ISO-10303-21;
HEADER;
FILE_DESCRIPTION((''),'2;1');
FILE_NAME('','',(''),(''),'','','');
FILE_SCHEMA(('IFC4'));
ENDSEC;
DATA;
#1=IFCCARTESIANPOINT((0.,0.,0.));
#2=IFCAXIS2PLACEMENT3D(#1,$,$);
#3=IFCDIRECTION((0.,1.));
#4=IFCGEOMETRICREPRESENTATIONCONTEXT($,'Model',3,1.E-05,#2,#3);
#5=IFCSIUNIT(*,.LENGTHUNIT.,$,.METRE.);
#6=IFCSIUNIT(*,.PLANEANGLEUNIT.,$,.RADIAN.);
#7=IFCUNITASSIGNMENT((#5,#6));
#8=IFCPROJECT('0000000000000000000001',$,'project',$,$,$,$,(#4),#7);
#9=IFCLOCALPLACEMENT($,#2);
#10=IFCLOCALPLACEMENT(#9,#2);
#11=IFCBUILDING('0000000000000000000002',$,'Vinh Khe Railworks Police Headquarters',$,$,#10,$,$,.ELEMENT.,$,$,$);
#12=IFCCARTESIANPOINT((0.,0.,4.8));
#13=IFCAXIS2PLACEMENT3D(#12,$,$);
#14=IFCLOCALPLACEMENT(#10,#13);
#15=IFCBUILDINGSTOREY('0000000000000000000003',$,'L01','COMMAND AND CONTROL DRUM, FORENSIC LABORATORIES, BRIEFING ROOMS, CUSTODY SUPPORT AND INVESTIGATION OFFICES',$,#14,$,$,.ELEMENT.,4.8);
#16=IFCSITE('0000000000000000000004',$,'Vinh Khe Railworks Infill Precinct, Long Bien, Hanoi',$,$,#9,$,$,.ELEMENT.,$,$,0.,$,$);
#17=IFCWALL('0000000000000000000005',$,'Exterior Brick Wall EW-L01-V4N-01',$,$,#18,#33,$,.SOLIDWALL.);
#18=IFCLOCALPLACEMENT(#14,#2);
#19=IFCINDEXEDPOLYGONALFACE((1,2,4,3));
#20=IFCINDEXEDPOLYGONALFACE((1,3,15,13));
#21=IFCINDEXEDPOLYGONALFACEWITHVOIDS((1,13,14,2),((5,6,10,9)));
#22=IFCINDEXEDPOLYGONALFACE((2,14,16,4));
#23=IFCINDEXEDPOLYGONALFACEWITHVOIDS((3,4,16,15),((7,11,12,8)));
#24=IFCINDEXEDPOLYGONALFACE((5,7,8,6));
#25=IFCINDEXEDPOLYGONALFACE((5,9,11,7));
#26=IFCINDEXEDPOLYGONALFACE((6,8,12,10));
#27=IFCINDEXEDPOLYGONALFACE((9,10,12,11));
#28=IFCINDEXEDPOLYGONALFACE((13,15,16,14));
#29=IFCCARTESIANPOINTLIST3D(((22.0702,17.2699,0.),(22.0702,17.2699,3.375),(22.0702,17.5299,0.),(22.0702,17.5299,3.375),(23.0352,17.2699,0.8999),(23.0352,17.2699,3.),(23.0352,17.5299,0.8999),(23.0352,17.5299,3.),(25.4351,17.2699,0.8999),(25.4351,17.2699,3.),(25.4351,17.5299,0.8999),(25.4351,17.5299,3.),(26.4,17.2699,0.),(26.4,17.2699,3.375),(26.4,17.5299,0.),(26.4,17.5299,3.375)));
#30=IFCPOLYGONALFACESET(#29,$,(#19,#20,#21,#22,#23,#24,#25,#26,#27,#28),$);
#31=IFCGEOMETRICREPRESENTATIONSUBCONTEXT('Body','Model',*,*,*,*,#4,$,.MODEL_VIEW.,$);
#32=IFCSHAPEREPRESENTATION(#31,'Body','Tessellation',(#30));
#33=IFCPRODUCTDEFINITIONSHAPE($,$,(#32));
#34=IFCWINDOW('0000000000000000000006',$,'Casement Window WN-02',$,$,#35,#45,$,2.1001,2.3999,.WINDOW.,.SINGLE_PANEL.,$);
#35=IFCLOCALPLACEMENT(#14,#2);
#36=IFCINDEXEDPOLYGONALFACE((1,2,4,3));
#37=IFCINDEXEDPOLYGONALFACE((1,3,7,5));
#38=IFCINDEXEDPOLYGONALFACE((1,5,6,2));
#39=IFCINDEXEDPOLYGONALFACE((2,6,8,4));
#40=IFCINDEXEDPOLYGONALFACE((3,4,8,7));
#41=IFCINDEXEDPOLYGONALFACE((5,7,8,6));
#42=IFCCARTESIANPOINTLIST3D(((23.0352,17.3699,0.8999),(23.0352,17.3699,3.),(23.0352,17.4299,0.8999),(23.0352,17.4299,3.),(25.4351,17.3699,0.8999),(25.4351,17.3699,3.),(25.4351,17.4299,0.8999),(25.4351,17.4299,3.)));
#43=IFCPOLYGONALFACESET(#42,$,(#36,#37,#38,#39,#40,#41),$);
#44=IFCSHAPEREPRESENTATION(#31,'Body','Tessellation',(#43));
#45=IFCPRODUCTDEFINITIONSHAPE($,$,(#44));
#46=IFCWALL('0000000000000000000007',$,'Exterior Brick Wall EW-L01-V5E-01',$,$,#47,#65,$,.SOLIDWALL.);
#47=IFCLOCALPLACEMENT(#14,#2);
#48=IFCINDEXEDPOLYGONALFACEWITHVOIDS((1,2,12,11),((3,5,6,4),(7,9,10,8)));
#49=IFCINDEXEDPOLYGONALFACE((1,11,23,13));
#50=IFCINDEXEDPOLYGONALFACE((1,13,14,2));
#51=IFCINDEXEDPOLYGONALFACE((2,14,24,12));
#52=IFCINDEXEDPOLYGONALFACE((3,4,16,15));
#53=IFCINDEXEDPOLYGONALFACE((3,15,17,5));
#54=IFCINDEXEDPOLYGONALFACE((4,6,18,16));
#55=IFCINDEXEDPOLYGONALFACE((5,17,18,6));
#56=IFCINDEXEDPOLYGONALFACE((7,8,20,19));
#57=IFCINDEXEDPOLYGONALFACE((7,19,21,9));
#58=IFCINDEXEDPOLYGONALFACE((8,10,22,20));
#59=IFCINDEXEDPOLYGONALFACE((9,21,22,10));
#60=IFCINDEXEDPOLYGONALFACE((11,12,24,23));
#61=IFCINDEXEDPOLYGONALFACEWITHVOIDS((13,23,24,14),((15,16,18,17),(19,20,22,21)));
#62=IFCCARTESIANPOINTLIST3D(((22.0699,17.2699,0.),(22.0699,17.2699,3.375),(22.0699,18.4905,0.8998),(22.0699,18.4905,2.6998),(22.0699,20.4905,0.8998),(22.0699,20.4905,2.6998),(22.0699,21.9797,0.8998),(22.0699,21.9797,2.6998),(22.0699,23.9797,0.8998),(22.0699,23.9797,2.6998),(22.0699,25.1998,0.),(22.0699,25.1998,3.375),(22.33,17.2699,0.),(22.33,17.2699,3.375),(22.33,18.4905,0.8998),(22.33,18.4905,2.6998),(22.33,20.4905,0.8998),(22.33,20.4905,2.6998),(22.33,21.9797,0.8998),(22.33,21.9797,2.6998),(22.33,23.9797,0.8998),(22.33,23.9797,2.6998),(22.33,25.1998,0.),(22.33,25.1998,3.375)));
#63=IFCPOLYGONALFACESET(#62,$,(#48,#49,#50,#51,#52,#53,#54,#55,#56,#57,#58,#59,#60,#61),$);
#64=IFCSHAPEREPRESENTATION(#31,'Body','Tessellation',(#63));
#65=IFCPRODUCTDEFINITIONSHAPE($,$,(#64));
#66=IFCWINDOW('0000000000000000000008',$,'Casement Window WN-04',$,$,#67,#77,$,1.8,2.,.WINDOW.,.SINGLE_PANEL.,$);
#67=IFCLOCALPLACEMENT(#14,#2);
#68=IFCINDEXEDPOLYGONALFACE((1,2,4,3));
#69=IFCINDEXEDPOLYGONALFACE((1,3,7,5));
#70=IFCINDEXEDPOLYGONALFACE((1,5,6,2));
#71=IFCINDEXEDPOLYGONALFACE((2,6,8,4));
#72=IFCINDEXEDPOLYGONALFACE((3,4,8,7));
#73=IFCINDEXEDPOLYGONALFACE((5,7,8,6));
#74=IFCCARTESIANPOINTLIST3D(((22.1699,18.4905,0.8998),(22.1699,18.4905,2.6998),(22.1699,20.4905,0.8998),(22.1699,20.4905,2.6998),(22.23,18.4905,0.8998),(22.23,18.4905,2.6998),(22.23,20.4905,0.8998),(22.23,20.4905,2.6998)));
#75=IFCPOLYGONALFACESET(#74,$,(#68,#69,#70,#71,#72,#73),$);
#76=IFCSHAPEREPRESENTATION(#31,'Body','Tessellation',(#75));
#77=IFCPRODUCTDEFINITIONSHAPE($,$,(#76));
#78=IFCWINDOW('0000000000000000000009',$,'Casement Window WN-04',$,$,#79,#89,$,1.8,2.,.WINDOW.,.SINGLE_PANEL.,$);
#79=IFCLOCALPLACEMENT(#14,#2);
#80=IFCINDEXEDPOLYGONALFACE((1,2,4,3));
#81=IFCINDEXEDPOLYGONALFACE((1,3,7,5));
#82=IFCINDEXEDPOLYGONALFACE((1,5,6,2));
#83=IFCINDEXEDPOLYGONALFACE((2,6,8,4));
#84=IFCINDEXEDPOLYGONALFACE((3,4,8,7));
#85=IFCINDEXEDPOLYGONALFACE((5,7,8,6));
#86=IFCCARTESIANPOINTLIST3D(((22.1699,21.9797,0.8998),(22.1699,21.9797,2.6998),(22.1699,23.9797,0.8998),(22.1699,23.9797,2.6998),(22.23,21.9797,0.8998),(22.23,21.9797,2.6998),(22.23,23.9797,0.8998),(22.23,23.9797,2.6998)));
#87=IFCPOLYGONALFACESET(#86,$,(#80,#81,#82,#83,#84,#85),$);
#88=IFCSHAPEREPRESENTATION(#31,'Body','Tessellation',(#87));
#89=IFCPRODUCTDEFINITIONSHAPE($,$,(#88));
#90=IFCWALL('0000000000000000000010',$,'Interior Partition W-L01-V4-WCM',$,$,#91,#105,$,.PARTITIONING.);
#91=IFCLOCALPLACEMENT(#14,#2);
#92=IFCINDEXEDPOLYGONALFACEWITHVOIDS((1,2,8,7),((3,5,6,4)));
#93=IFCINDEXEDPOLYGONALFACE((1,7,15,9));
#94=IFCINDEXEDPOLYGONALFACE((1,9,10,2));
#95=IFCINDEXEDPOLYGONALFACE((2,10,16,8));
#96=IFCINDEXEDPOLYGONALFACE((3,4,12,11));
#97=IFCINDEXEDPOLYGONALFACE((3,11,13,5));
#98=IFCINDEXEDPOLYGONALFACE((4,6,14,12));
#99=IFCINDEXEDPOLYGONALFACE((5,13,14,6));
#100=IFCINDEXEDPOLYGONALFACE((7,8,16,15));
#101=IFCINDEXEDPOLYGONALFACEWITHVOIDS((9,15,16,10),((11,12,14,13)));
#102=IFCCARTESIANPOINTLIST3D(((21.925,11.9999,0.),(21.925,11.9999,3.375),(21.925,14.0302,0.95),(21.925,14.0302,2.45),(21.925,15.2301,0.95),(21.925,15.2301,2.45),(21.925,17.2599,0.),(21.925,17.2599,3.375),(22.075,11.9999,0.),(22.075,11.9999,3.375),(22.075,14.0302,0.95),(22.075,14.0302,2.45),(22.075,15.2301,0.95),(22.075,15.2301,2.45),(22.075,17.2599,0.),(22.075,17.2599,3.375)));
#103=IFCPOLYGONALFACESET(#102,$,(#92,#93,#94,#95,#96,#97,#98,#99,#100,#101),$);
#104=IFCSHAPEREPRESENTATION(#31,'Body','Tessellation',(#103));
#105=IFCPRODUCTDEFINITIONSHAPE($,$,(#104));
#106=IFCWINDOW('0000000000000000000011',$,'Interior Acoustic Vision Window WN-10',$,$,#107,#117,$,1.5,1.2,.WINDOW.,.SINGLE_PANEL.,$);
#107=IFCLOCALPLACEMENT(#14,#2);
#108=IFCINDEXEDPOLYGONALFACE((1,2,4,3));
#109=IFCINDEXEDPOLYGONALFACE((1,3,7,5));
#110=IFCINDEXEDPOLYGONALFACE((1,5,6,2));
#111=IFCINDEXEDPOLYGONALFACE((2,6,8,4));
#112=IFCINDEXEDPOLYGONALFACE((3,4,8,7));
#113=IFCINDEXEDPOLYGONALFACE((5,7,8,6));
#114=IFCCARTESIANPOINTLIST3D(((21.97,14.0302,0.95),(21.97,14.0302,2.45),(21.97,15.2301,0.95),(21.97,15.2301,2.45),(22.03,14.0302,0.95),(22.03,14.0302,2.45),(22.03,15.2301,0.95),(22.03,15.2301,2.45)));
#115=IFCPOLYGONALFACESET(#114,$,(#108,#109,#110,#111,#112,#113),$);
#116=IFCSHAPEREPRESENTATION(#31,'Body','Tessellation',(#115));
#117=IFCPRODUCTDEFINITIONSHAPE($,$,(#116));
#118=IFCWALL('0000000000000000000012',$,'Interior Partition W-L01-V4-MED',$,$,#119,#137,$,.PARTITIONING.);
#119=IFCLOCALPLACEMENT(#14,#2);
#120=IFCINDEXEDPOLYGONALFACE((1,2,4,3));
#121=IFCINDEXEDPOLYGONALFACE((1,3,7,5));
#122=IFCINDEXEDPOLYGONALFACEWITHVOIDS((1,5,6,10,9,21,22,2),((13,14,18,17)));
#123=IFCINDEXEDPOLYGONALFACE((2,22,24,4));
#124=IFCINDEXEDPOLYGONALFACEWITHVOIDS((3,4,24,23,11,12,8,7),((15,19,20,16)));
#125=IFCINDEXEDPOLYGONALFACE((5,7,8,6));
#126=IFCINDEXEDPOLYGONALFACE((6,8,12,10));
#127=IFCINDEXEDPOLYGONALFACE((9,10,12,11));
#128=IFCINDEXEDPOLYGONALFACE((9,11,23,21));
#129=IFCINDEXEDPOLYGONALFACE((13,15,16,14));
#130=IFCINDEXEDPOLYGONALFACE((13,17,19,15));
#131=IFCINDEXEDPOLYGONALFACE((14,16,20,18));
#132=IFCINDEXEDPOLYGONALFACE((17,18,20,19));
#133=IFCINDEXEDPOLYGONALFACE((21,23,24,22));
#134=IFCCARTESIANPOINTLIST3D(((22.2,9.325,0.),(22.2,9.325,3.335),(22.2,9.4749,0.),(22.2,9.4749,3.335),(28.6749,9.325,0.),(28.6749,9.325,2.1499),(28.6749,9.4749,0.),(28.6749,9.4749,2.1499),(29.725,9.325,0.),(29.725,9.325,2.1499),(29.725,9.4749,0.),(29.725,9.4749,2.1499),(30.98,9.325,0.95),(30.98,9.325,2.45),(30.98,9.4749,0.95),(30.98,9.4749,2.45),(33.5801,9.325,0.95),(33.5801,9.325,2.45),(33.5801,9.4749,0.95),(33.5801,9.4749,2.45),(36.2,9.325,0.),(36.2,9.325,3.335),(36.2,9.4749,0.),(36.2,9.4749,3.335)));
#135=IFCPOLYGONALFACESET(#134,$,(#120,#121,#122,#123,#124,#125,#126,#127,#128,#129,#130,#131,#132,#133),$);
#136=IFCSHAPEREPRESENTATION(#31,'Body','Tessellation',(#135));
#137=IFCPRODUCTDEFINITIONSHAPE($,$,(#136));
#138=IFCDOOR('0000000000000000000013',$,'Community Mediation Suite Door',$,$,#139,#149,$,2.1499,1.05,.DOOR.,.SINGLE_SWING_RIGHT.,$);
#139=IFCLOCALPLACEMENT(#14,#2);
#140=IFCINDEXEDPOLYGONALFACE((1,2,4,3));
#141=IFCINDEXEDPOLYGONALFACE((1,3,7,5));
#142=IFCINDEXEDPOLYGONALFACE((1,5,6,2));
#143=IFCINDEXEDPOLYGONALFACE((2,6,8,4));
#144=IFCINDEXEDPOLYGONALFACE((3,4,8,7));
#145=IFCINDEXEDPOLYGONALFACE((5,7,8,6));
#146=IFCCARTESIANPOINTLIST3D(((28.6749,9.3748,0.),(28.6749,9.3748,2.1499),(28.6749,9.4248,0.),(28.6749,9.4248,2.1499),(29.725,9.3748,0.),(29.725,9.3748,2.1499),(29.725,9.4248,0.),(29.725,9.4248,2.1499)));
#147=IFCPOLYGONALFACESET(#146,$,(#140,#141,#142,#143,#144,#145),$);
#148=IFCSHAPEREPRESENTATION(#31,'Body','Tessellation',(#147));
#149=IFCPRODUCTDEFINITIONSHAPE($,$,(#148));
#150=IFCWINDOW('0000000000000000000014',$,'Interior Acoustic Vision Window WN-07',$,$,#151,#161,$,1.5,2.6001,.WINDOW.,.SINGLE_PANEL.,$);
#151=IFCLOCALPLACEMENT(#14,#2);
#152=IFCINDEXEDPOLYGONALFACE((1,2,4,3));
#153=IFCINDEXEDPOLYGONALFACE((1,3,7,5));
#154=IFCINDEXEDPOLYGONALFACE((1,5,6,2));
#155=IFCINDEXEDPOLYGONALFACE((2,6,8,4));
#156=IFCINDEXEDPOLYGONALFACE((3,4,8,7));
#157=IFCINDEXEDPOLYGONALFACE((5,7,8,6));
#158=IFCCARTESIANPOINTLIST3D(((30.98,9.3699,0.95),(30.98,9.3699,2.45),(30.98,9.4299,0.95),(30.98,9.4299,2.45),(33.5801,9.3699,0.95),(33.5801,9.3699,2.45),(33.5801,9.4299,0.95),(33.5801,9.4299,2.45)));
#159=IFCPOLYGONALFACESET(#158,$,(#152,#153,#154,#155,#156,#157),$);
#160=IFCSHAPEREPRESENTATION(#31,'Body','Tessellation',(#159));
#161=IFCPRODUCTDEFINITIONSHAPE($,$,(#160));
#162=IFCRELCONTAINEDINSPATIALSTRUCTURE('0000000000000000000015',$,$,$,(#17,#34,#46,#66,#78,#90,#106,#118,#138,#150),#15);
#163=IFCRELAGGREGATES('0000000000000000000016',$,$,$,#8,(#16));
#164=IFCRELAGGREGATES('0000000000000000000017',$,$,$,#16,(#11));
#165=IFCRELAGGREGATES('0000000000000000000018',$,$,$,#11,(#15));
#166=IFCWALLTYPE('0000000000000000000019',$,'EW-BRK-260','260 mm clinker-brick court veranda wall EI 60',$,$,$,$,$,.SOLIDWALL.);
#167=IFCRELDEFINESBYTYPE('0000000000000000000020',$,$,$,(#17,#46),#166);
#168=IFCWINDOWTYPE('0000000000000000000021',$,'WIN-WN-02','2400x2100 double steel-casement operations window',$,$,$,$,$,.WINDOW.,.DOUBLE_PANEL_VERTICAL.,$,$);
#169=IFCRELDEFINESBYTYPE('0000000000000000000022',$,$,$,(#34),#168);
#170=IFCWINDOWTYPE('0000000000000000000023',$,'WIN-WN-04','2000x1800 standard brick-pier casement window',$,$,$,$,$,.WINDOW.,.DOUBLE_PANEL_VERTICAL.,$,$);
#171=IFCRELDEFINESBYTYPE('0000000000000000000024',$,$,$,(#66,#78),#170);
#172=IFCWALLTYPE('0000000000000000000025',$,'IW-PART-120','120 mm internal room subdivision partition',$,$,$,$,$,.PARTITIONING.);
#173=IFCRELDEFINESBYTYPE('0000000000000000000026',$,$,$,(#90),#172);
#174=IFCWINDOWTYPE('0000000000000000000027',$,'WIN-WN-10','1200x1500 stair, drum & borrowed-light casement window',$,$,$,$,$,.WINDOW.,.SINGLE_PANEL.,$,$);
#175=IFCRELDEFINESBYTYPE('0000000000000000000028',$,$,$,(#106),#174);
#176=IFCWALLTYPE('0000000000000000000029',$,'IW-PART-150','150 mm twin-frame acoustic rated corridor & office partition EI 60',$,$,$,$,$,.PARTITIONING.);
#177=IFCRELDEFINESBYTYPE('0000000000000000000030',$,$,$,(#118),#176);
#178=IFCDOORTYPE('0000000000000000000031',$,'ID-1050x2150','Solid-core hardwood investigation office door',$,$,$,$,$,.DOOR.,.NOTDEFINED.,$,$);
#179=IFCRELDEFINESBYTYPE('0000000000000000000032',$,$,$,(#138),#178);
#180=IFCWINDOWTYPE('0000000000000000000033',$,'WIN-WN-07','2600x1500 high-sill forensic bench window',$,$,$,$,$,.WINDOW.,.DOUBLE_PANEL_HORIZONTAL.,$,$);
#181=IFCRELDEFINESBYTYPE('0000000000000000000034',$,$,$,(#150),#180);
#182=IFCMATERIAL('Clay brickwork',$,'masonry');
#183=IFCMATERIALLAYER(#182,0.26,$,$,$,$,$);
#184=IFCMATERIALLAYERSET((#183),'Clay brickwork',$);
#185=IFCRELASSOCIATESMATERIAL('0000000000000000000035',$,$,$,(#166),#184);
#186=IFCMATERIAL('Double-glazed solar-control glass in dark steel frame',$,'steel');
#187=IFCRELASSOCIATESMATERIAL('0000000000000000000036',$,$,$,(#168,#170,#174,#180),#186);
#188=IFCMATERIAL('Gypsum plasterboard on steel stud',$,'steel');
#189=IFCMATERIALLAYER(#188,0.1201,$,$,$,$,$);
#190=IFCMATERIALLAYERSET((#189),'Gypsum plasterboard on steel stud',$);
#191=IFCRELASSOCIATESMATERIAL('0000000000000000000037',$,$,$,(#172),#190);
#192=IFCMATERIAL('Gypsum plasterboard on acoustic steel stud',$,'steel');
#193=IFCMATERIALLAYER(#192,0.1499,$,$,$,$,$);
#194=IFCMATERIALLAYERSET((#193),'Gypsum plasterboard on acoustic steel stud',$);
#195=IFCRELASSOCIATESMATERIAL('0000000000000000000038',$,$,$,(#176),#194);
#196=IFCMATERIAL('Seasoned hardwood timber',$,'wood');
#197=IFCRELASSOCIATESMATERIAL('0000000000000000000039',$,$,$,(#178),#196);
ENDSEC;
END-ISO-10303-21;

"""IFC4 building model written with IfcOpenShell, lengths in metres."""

from ifc_helpers import new_model, si_unit, direction, frame, frame_2d, origin, place, context, subcontext, project, spatial, rectangle, extrude, material, layer, layer_set, type_object, element, fill, save


model = new_model("IFC4")

# Units and contexts
model_context = context("Model", 3, precision=1e-05, world=origin(), true_north=direction((0.0, 1.0)))
body_context = subcontext(model_context, "Body", "Model", "MODEL_VIEW")
ifc_project = project(units=[si_unit("LENGTHUNIT", "METRE"), si_unit("PLANEANGLEUNIT", "RADIAN")], contexts=[model_context])

# Site, building, storey
site_placement = place(None, origin())
site = spatial("IfcSite", under=ifc_project, at=site_placement, Name="Vinh Khe Railworks Infill Precinct, Long Bien, Hanoi", CompositionType="ELEMENT", RefElevation=0.0)
building_placement = place(site_placement, origin())
building = spatial("IfcBuilding", under=site, at=building_placement, Name="Vinh Khe Railworks Police Headquarters", CompositionType="ELEMENT")
storey_placement = place(building_placement, frame((0.0, 0.0, 4.8)))
storey = spatial("IfcBuildingStorey", under=building, at=storey_placement, Name="L01", Description="COMMAND AND CONTROL DRUM, FORENSIC LABORATORIES, BRIEFING ROOMS, CUSTODY SUPPORT AND INVESTIGATION OFFICES", CompositionType="ELEMENT", Elevation=4.8)

# Wall, opening, window
ifc_material_1 = material(Name="Clay brickwork", Category="masonry")
ifc_layer_1 = layer(ifc_material_1, 0.26)
ifc_layer_set_1 = layer_set([ifc_layer_1], Name="Clay brickwork")
wall_type_1 = type_object("IfcWallType", Name="EW-BRK-260", Description="260 mm clinker-brick court veranda wall EI 60", PredefinedType="SOLIDWALL", material=ifc_layer_set_1)
wall_1_placement = place(storey_placement, frame((22.0701, 17.3999, 0.0), z_axis=(0.0, 0.0, 1.0), x_axis=(1.0, 0.0, 0.0)))
wall_1 = element("IfcWall", 1, at=wall_1_placement, inside=storey, type_object=wall_type_1, Name="Exterior Brick Wall EW-L01-V4N-01", PredefinedType="SOLIDWALL", context=body_context, shape_type="SweptSolid", body=[
    extrude(rectangle(XDim=4.3298, YDim=0.26, at=frame_2d((2.165, 0.0))), origin(), (0.0, 0.0, 1.0), 3.375),
])
opening_1_placement = place(wall_1_placement, frame((0.9651, 0.0, 0.8999)))
opening_1 = element("IfcOpeningElement", 2, at=opening_1_placement, cuts=wall_1, PredefinedType="OPENING", context=body_context, shape_type="SweptSolid", body=[
    extrude(rectangle(XDim=2.3999, YDim=2.1001, at=frame_2d((1.2, 1.05))), frame((0.0, 0.145, 0.0), z_axis=(0.0, -1.0, 0.0), x_axis=(1.0, 0.0, 0.0)), (0.0, 0.0, 1.0), 0.2898),
])
ifc_material_2 = material(Name="Double-glazed solar-control glass in dark steel frame", Category="steel")
window_type_1 = type_object("IfcWindowType", Name="WIN-WN-02", Description="2400x2100 double steel-casement operations window", PartitioningType="DOUBLE_PANEL_VERTICAL", PredefinedType="WINDOW", material=ifc_material_2)
window_1_placement = place(opening_1_placement, origin())
window_1 = element("IfcWindow", 3, at=window_1_placement, inside=storey, type_object=window_type_1, Name="Casement Window WN-02", OverallHeight=2.1001, OverallWidth=2.3999, PartitioningType="SINGLE_PANEL", PredefinedType="WINDOW", context=body_context, shape_type="SweptSolid", body=[
    extrude(rectangle(XDim=2.3999, YDim=2.1001, at=frame_2d((1.2, 1.05))), frame((0.0, 0.03, 0.0), z_axis=(0.0, -1.0, 0.0), x_axis=(1.0, 0.0, 0.0)), (0.0, 0.0, 1.0), 0.0601),
])
fill(opening_1, window_1)

# Wall, openings, windows
wall_2_placement = place(storey_placement, frame((22.2, 17.27, 0.0), z_axis=(0.0, 0.0, 1.0), x_axis=(0.0, 1.0, 0.0)))
wall_2 = element("IfcWall", 4, at=wall_2_placement, inside=storey, type_object=wall_type_1, Name="Exterior Brick Wall EW-L01-V5E-01", PredefinedType="SOLIDWALL", context=body_context, shape_type="SweptSolid", body=[
    extrude(rectangle(XDim=7.9299, YDim=0.26, at=frame_2d((3.9648, 0.0))), origin(), (0.0, 0.0, 1.0), 3.375),
])
opening_2_placement = place(wall_2_placement, frame((1.2205, 0.0, 0.8999)))
opening_2 = element("IfcOpeningElement", 5, at=opening_2_placement, cuts=wall_2, PredefinedType="OPENING", context=body_context, shape_type="SweptSolid", body=[
    extrude(rectangle(XDim=2.0, YDim=1.8, at=frame_2d((1.0, 0.8999))), frame((0.0, 0.145, 0.0), z_axis=(0.0, -1.0, 0.0), x_axis=(1.0, 0.0, 0.0)), (0.0, 0.0, 1.0), 0.2898),
])
opening_3_placement = place(wall_2_placement, frame((4.7097, 0.0, 0.8999)))
opening_3 = element("IfcOpeningElement", 6, at=opening_3_placement, cuts=wall_2, PredefinedType="OPENING", context=body_context, shape_type="SweptSolid", body=[
    extrude(rectangle(XDim=2.0, YDim=1.8, at=frame_2d((1.0, 0.8999))), frame((0.0, 0.145, 0.0), z_axis=(0.0, -1.0, 0.0), x_axis=(1.0, 0.0, 0.0)), (0.0, 0.0, 1.0), 0.2898),
])
window_type_2 = type_object("IfcWindowType", Name="WIN-WN-04", Description="2000x1800 standard brick-pier casement window", PartitioningType="DOUBLE_PANEL_VERTICAL", PredefinedType="WINDOW", material=ifc_material_2)
window_2_placement = place(opening_2_placement, origin())
window_2 = element("IfcWindow", 7, at=window_2_placement, inside=storey, type_object=window_type_2, Name="Casement Window WN-04", OverallHeight=1.8, OverallWidth=2.0, PartitioningType="SINGLE_PANEL", PredefinedType="WINDOW", context=body_context, shape_type="SweptSolid", body=[
    extrude(rectangle(XDim=2.0, YDim=1.8, at=frame_2d((1.0, 0.8999))), frame((0.0, 0.03, 0.0), z_axis=(0.0, -1.0, 0.0), x_axis=(1.0, 0.0, 0.0)), (0.0, 0.0, 1.0), 0.0601),
])
fill(opening_2, window_2)
window_3_placement = place(opening_3_placement, origin())
window_3 = element("IfcWindow", 8, at=window_3_placement, inside=storey, type_object=window_type_2, Name="Casement Window WN-04", OverallHeight=1.8, OverallWidth=2.0, PartitioningType="SINGLE_PANEL", PredefinedType="WINDOW", context=body_context, shape_type="SweptSolid", body=[
    extrude(rectangle(XDim=2.0, YDim=1.8, at=frame_2d((1.0, 0.8999))), frame((0.0, 0.03, 0.0), z_axis=(0.0, -1.0, 0.0), x_axis=(1.0, 0.0, 0.0)), (0.0, 0.0, 1.0), 0.0601),
])
fill(opening_3, window_3)

# Wall, opening, window
ifc_material_3 = material(Name="Gypsum plasterboard on steel stud", Category="steel")
ifc_layer_2 = layer(ifc_material_3, 0.1201)
ifc_layer_set_2 = layer_set([ifc_layer_2], Name="Gypsum plasterboard on steel stud")
wall_type_2 = type_object("IfcWallType", Name="IW-PART-120", Description="120 mm internal room subdivision partition", PredefinedType="PARTITIONING", material=ifc_layer_set_2)
wall_3_placement = place(storey_placement, frame((22.0, 12.0, 0.0), z_axis=(0.0, 0.0, 1.0), x_axis=(0.0, 1.0, 0.0)))
wall_3 = element("IfcWall", 9, at=wall_3_placement, inside=storey, type_object=wall_type_2, Name="Interior Partition W-L01-V4-WCM", PredefinedType="PARTITIONING", context=body_context, shape_type="SweptSolid", body=[
    extrude(rectangle(XDim=5.26, YDim=0.1499, at=frame_2d((2.6299, 0.0))), origin(), (0.0, 0.0, 1.0), 3.375),
])
opening_4_placement = place(wall_3_placement, frame((2.03, 0.0, 0.95)))
opening_4 = element("IfcOpeningElement", 10, at=opening_4_placement, cuts=wall_3, PredefinedType="OPENING", context=body_context, shape_type="SweptSolid", body=[
    extrude(rectangle(XDim=1.2, YDim=1.5, at=frame_2d((0.6001, 0.75))), frame((0.0, 0.0898, 0.0), z_axis=(0.0, -1.0, 0.0), x_axis=(1.0, 0.0, 0.0)), (0.0, 0.0, 1.0), 0.1797),
])
window_type_3 = type_object("IfcWindowType", Name="WIN-WN-10", Description="1200x1500 stair, drum & borrowed-light casement window", PartitioningType="SINGLE_PANEL", PredefinedType="WINDOW", material=ifc_material_2)
window_4_placement = place(opening_4_placement, origin())
window_4 = element("IfcWindow", 11, at=window_4_placement, inside=storey, type_object=window_type_3, Name="Interior Acoustic Vision Window WN-10", OverallHeight=1.5, OverallWidth=1.2, PartitioningType="SINGLE_PANEL", PredefinedType="WINDOW", context=body_context, shape_type="SweptSolid", body=[
    extrude(rectangle(XDim=1.2, YDim=1.5, at=frame_2d((0.6001, 0.75))), frame((0.0, 0.03, 0.0), z_axis=(0.0, -1.0, 0.0), x_axis=(1.0, 0.0, 0.0)), (0.0, 0.0, 1.0), 0.0601),
])
fill(opening_4, window_4)

# Wall, openings, door, window
ifc_material_4 = material(Name="Gypsum plasterboard on acoustic steel stud", Category="steel")
ifc_layer_3 = layer(ifc_material_4, 0.1499)
ifc_layer_set_3 = layer_set([ifc_layer_3], Name="Gypsum plasterboard on acoustic steel stud")
wall_type_3 = type_object("IfcWallType", Name="IW-PART-150", Description="150 mm twin-frame acoustic rated corridor & office partition EI 60", PredefinedType="PARTITIONING", material=ifc_layer_set_3)
wall_4_placement = place(storey_placement, frame((22.2, 9.3999, 0.0), z_axis=(0.0, 0.0, 1.0), x_axis=(1.0, 0.0, 0.0)))
wall_4 = element("IfcWall", 12, at=wall_4_placement, inside=storey, type_object=wall_type_3, Name="Interior Partition W-L01-V4-MED", PredefinedType="PARTITIONING", context=body_context, shape_type="SweptSolid", body=[
    extrude(rectangle(XDim=14.0, YDim=0.1499, at=frame_2d((7.0, 0.0))), origin(), (0.0, 0.0, 1.0), 3.335),
])
opening_5_placement = place(wall_4_placement, frame((6.4751, 0.0, 0.0)))
opening_5 = element("IfcOpeningElement", 13, at=opening_5_placement, cuts=wall_4, PredefinedType="OPENING", context=body_context, shape_type="SweptSolid", body=[
    extrude(rectangle(XDim=1.05, YDim=2.1499, at=frame_2d((0.5249, 1.075))), frame((0.0, 0.0898, 0.0), z_axis=(0.0, -1.0, 0.0), x_axis=(1.0, 0.0, 0.0)), (0.0, 0.0, 1.0), 0.1797),
])
opening_6_placement = place(wall_4_placement, frame((8.78, 0.0, 0.95)))
opening_6 = element("IfcOpeningElement", 14, at=opening_6_placement, cuts=wall_4, PredefinedType="OPENING", context=body_context, shape_type="SweptSolid", body=[
    extrude(rectangle(XDim=2.6001, YDim=1.5, at=frame_2d((1.3, 0.75))), frame((0.0, 0.0898, 0.0), z_axis=(0.0, -1.0, 0.0), x_axis=(1.0, 0.0, 0.0)), (0.0, 0.0, 1.0), 0.1797),
])
ifc_material_5 = material(Name="Seasoned hardwood timber", Category="wood")
door_type_1 = type_object("IfcDoorType", Name="ID-1050x2150", Description="Solid-core hardwood investigation office door", OperationType="NOTDEFINED", PredefinedType="DOOR", material=ifc_material_5)
door_1_placement = place(opening_5_placement, origin())
door_1 = element("IfcDoor", 15, at=door_1_placement, inside=storey, type_object=door_type_1, Name="Community Mediation Suite Door", OperationType="SINGLE_SWING_RIGHT", OverallHeight=2.1499, OverallWidth=1.05, PredefinedType="DOOR", context=body_context, shape_type="SweptSolid", body=[
    extrude(rectangle(XDim=1.05, YDim=2.1499, at=frame_2d((0.5249, 1.075))), frame((0.0, 0.0249, 0.0), z_axis=(0.0, -1.0, 0.0), x_axis=(1.0, 0.0, 0.0)), (0.0, 0.0, 1.0), 0.05),
])
fill(opening_5, door_1)
window_type_4 = type_object("IfcWindowType", Name="WIN-WN-07", Description="2600x1500 high-sill forensic bench window", PartitioningType="DOUBLE_PANEL_HORIZONTAL", PredefinedType="WINDOW", material=ifc_material_2)
window_5_placement = place(opening_6_placement, origin())
window_5 = element("IfcWindow", 16, at=window_5_placement, inside=storey, type_object=window_type_4, Name="Interior Acoustic Vision Window WN-07", OverallHeight=1.5, OverallWidth=2.6001, PartitioningType="SINGLE_PANEL", PredefinedType="WINDOW", context=body_context, shape_type="SweptSolid", body=[
    extrude(rectangle(XDim=2.6001, YDim=1.5, at=frame_2d((1.3, 0.75))), frame((0.0, 0.03, 0.0), z_axis=(0.0, -1.0, 0.0), x_axis=(1.0, 0.0, 0.0)), (0.0, 0.0, 1.0), 0.0601),
])
fill(opening_6, window_5)

save(model, "model.ifc")
